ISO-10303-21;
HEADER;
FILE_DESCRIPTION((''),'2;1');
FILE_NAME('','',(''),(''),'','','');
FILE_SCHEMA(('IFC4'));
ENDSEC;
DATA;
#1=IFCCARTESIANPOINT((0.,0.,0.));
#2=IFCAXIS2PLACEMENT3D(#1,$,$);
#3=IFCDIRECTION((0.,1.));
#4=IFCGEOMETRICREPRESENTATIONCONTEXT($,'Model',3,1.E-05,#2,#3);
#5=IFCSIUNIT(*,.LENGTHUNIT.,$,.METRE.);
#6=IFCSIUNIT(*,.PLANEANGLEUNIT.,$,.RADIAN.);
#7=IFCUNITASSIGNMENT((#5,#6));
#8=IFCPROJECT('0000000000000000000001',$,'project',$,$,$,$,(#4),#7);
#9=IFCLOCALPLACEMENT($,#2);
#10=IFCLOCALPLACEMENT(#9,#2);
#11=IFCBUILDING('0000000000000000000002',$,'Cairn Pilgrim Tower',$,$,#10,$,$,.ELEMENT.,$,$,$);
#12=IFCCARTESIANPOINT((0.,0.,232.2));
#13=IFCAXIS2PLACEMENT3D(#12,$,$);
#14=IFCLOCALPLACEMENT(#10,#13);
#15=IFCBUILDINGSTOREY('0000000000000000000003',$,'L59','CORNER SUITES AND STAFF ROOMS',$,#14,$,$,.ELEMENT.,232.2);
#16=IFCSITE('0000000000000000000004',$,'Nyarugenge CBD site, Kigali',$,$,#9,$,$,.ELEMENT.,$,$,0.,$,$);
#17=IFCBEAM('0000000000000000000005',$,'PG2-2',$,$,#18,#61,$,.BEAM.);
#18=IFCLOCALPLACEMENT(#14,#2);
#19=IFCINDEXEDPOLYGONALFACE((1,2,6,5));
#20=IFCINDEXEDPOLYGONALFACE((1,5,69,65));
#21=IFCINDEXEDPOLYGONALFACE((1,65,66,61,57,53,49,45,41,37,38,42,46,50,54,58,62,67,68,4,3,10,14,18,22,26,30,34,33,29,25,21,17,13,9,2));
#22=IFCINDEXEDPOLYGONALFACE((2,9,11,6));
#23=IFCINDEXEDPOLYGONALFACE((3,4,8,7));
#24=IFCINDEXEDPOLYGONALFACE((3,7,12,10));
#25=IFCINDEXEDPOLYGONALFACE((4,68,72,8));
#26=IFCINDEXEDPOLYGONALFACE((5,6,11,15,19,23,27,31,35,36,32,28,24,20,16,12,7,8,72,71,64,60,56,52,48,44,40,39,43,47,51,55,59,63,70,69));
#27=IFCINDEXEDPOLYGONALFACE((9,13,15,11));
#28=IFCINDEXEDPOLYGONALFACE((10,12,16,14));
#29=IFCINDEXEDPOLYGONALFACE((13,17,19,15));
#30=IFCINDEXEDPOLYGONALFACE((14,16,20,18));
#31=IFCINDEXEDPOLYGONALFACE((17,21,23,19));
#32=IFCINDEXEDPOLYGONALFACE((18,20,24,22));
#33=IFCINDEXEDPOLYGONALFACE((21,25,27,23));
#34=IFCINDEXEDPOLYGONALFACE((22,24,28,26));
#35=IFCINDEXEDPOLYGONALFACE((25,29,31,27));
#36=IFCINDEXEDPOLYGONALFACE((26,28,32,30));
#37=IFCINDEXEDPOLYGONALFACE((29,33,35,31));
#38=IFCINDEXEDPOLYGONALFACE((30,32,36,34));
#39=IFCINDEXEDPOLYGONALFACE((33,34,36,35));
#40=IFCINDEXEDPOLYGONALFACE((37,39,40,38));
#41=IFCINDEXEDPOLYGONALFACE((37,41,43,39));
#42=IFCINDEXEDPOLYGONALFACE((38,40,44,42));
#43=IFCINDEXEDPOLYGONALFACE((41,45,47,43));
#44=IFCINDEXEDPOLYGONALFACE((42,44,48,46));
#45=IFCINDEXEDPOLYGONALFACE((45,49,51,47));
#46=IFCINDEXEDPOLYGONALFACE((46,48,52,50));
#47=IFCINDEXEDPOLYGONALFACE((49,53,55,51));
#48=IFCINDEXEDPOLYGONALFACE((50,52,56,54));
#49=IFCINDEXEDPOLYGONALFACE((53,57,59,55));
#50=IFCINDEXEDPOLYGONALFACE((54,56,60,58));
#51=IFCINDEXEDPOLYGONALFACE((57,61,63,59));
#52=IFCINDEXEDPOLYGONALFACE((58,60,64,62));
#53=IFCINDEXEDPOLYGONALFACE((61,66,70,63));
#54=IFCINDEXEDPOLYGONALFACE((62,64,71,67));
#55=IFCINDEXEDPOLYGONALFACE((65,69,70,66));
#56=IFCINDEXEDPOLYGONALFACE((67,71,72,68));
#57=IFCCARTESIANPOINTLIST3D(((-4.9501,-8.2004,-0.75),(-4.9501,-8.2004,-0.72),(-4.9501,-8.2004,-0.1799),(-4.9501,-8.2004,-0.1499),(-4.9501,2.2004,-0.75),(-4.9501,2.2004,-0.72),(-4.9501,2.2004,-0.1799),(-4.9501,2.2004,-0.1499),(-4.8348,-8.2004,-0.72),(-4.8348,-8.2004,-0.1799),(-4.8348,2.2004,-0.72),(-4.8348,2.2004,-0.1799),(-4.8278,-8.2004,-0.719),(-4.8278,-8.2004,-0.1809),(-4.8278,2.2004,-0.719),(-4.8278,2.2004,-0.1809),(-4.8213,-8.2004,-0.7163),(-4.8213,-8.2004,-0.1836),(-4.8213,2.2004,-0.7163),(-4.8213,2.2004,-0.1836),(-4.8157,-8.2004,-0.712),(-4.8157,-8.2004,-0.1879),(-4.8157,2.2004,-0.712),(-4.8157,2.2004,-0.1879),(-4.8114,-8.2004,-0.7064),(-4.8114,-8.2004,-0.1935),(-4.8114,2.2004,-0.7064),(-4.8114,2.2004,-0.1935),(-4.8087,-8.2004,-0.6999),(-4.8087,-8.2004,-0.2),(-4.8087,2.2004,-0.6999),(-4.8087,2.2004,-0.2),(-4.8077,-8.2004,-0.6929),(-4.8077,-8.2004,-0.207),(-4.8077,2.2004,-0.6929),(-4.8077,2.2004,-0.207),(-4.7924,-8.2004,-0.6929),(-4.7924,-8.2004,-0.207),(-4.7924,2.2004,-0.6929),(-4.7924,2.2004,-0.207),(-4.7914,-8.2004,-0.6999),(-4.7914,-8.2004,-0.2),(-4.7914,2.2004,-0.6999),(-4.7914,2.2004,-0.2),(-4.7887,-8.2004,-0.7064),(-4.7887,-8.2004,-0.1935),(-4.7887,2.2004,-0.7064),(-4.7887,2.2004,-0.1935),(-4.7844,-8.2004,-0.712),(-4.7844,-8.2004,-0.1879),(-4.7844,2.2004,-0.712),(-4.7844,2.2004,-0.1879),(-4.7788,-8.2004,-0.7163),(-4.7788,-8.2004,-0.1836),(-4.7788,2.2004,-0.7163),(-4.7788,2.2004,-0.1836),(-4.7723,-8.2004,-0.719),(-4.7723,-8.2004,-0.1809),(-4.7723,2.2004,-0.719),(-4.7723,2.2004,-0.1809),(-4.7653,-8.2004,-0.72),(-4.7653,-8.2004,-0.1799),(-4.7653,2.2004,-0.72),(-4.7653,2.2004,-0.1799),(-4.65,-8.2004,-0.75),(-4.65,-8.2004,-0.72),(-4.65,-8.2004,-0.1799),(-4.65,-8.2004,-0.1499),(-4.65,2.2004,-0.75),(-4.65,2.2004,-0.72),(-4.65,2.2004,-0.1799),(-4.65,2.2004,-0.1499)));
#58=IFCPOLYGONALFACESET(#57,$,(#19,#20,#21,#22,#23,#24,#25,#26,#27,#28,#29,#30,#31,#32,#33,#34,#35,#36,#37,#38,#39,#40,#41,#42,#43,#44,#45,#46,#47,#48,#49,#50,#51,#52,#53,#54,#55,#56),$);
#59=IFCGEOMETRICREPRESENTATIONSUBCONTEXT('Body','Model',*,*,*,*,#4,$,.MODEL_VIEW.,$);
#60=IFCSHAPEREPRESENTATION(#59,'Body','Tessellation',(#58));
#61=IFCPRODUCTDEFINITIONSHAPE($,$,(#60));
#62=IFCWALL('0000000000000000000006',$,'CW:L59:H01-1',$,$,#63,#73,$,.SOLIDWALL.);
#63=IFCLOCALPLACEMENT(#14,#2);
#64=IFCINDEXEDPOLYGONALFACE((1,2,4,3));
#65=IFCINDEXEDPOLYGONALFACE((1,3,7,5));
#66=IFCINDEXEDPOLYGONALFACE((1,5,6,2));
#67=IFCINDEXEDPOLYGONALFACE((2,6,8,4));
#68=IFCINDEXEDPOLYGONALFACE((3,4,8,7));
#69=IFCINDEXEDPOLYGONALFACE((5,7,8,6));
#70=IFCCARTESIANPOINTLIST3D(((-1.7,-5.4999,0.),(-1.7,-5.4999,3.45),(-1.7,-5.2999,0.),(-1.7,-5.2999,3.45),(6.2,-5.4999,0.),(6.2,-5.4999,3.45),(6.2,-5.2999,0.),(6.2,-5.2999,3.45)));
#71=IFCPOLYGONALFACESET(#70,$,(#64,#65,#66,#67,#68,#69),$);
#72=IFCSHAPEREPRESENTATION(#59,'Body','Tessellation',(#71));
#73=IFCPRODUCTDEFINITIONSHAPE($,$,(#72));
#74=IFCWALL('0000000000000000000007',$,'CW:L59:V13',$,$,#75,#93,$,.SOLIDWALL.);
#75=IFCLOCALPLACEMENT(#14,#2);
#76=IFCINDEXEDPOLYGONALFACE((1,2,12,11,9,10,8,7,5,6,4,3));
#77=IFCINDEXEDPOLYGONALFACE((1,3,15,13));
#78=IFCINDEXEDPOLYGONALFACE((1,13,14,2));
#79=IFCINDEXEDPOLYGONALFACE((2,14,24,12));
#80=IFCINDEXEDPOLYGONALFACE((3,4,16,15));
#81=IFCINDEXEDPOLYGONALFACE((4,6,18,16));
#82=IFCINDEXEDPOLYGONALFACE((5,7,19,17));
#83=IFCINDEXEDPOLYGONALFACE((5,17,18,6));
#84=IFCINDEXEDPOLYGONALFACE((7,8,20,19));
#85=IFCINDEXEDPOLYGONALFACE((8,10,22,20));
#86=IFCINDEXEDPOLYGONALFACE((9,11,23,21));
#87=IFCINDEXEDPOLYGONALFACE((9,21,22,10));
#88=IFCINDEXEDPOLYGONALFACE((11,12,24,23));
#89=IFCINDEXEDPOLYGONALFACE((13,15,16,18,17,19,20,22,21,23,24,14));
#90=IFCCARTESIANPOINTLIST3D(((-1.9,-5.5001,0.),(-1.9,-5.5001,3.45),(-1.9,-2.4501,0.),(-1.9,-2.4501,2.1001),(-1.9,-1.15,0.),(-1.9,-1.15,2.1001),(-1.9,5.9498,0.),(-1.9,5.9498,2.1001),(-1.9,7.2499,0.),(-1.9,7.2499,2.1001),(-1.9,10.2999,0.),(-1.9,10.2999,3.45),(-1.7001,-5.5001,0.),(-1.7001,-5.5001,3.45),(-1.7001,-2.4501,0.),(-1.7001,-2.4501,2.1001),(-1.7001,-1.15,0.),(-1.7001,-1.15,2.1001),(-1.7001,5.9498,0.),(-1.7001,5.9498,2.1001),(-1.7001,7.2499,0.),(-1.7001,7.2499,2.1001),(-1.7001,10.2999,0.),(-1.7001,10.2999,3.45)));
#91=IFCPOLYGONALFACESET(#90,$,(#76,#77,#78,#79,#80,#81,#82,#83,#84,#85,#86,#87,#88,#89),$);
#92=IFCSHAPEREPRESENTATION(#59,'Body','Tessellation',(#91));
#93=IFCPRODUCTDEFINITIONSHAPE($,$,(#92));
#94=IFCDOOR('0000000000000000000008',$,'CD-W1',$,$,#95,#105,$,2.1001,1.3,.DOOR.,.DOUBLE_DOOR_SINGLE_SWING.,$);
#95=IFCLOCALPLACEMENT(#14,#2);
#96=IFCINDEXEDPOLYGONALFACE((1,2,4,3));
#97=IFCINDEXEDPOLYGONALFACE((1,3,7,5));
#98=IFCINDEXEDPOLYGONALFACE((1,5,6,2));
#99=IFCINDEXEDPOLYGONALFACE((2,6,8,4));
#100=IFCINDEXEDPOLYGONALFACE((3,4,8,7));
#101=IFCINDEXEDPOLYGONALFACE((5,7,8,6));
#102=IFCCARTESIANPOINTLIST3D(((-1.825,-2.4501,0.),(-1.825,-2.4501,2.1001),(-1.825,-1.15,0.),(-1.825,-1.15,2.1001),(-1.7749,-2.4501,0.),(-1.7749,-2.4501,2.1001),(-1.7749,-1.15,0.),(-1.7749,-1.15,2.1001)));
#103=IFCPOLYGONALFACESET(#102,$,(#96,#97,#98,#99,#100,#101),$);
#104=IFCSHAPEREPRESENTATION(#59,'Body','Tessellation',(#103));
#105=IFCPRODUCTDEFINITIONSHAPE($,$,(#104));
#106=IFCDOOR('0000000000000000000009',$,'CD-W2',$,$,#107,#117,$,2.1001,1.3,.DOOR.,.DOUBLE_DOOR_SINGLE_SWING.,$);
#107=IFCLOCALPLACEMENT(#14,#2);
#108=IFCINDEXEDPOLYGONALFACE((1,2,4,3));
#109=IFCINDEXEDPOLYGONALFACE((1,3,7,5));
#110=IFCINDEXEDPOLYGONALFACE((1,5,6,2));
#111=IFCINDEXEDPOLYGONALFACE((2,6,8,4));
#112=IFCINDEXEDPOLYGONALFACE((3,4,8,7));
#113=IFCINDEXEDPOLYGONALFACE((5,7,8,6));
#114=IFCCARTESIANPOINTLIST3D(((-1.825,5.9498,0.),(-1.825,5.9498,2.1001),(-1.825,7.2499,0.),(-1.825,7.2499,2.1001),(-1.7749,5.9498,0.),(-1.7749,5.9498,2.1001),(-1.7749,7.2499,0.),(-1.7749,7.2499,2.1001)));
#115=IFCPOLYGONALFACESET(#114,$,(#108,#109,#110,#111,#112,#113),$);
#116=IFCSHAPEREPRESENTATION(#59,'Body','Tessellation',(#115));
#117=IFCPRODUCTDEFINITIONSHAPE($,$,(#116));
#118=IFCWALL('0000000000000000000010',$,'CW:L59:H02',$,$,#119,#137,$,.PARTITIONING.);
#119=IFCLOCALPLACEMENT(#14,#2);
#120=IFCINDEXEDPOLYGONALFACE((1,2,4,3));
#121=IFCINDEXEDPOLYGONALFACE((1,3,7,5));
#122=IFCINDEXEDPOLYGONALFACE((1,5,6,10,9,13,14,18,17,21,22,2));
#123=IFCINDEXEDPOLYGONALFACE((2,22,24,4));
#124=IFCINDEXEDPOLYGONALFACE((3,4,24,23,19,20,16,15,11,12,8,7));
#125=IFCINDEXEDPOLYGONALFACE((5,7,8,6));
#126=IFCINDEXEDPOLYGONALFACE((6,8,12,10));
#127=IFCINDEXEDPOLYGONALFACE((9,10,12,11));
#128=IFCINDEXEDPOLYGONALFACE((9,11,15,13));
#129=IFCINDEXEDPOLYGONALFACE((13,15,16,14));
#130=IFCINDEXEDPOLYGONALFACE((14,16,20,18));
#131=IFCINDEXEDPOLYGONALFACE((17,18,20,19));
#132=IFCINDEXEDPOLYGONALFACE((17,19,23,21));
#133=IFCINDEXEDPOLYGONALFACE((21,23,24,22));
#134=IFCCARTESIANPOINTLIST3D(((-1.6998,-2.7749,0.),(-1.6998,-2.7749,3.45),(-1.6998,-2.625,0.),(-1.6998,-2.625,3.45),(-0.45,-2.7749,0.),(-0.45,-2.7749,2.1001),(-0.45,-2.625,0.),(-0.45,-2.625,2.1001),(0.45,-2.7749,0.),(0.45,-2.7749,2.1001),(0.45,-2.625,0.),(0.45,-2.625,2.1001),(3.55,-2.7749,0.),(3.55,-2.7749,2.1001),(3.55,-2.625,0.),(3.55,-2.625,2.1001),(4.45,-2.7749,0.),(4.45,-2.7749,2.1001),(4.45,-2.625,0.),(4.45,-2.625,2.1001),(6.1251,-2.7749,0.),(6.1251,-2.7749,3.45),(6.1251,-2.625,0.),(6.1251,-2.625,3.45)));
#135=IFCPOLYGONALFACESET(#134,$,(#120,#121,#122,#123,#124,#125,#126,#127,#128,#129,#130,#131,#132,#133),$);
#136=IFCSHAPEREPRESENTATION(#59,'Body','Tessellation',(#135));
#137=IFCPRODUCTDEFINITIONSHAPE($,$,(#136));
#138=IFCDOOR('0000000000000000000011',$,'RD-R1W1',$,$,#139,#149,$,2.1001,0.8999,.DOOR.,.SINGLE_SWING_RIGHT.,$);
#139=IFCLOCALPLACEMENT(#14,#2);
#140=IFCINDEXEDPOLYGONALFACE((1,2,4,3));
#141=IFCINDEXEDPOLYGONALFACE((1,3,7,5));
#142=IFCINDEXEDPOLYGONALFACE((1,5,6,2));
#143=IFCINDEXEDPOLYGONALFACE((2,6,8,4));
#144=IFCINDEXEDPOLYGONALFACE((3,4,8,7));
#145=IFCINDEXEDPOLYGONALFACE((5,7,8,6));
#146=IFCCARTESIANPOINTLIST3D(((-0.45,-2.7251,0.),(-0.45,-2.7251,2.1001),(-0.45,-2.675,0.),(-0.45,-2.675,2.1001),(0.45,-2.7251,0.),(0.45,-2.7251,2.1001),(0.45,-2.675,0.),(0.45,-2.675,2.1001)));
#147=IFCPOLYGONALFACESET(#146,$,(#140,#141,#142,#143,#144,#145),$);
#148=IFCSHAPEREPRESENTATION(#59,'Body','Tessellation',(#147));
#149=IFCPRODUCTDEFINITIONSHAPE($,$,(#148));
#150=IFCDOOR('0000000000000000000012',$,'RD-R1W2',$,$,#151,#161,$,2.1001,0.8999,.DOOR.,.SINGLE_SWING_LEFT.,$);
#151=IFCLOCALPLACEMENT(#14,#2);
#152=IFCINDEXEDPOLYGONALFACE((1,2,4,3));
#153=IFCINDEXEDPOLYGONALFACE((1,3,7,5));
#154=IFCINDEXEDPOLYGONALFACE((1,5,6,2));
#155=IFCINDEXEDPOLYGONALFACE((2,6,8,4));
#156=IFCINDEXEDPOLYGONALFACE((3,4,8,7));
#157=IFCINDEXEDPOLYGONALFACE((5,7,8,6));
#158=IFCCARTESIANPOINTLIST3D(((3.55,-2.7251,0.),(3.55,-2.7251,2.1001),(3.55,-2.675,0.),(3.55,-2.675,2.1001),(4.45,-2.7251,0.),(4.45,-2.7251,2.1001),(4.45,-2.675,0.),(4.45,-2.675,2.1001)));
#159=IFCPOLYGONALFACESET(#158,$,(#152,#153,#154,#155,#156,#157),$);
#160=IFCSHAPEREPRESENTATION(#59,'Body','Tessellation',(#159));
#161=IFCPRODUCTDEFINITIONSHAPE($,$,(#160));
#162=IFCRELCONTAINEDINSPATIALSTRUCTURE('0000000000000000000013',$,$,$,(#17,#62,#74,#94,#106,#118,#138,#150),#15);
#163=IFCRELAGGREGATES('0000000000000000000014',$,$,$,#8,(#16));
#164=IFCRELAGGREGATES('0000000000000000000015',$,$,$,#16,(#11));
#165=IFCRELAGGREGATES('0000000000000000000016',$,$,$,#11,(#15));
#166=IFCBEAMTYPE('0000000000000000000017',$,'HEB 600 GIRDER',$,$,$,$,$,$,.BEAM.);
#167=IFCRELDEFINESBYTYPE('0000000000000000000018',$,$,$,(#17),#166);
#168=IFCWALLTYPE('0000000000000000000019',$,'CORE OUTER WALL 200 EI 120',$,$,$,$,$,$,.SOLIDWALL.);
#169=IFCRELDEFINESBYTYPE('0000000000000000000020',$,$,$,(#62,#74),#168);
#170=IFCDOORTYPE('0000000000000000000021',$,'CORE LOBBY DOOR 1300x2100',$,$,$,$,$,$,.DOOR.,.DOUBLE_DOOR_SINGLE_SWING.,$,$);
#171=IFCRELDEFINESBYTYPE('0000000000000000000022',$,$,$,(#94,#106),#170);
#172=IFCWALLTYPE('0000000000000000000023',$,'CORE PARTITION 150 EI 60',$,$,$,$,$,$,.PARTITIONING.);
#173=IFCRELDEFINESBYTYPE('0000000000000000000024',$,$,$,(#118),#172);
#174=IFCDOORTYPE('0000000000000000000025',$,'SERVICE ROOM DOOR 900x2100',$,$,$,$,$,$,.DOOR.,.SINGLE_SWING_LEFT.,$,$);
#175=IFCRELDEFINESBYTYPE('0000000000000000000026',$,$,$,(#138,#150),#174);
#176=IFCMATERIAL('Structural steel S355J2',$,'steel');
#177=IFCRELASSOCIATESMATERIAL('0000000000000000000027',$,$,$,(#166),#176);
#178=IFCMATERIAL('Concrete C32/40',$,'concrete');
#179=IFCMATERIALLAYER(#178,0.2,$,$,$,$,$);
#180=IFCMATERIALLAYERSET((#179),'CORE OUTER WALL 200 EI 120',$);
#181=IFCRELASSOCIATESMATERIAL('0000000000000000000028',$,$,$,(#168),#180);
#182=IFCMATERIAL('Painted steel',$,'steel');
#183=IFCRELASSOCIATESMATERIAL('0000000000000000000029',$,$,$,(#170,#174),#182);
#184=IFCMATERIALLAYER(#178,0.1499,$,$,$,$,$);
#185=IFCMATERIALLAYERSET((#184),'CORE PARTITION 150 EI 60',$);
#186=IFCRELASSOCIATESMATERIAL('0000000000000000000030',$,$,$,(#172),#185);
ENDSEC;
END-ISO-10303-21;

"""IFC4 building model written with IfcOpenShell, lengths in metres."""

from ifc_helpers import new_model, si_unit, direction, frame, frame_2d, origin, origin_2d, place, context, subcontext, project, spatial, rectangle, i_section, extrude, material, layer, layer_set, material_profile, profile_set, type_object, element, fill, save


model = new_model("IFC4")

# Units and contexts
model_context = context("Model", 3, precision=1e-05, world=origin(), true_north=direction((0.0, 1.0)))
body_context = subcontext(model_context, "Body", "Model", "MODEL_VIEW")
ifc_project = project(units=[si_unit("LENGTHUNIT", "METRE"), si_unit("PLANEANGLEUNIT", "RADIAN")], contexts=[model_context])

# Site, building, storey
site_placement = place(None, origin())
site = spatial("IfcSite", under=ifc_project, at=site_placement, Name="Nyarugenge CBD site, Kigali", CompositionType="ELEMENT", RefElevation=0.0)
building_placement = place(site_placement, origin())
building = spatial("IfcBuilding", under=site, at=building_placement, Name="Cairn Pilgrim Tower", CompositionType="ELEMENT")
storey_placement = place(building_placement, frame((0.0, 0.0, 232.2)))
storey = spatial("IfcBuildingStorey", under=building, at=storey_placement, Name="L59", Description="CORNER SUITES AND STAFF ROOMS", CompositionType="ELEMENT", Elevation=232.2)

# Shared definitions
ifc_material_1 = material(Name="Structural steel S355J2", Category="steel")

# Beam
ifc_material_profile_1 = material_profile(ifc_material_1, i_section(OverallWidth=0.3, OverallDepth=0.6001, WebThickness=0.0154, FlangeThickness=0.03, FilletRadius=0.0271, at=origin_2d()), Name="HEB 600")
ifc_profile_set_1 = profile_set([ifc_material_profile_1], Name="Structural steel S355J2")
beam_type_1 = type_object("IfcBeamType", Name="HEB 600 GIRDER", PredefinedType="BEAM", material=ifc_profile_set_1)
beam_1_placement = place(storey_placement, frame((-4.8, -8.2004, -0.45), z_axis=(0.0, 1.0, 0.0), x_axis=(-1.0, 0.0, 0.0)))
element("IfcBeam", 1, at=beam_1_placement, inside=storey, type_object=beam_type_1, Name="PG2-2", PredefinedType="BEAM", context=body_context, shape_type="SweptSolid", body=[
    extrude(i_section(OverallWidth=0.3, OverallDepth=0.6001, WebThickness=0.0154, FlangeThickness=0.03, FilletRadius=0.0271, at=origin_2d()), origin(), (0.0, 0.0, 1.0), 10.4009),
])

# Wall
ifc_material_2 = material(Name="Concrete C32/40", Category="concrete")
ifc_layer_1 = layer(ifc_material_2, 0.2)
ifc_layer_set_1 = layer_set([ifc_layer_1], Name="CORE OUTER WALL 200 EI 120")
wall_type_1 = type_object("IfcWallType", Name="CORE OUTER WALL 200 EI 120", PredefinedType="SOLIDWALL", material=ifc_layer_set_1)
wall_1_placement = place(storey_placement, frame((-1.7, -5.3999, 0.0), z_axis=(0.0, 0.0, 1.0), x_axis=(1.0, 0.0, 0.0)))
element("IfcWall", 2, at=wall_1_placement, inside=storey, type_object=wall_type_1, Name="CW:L59:H01-1", PredefinedType="SOLIDWALL", context=body_context, shape_type="SweptSolid", body=[
    extrude(rectangle(XDim=7.8999, YDim=0.2, at=frame_2d((3.95, 0.0))), origin(), (0.0, 0.0, 1.0), 3.45),
])

# Walls, openings, doors
wall_2_placement = place(storey_placement, frame((-1.8, -5.5, 0.0), z_axis=(0.0, 0.0, 1.0), x_axis=(0.0, 1.0, 0.0)))
wall_2 = element("IfcWall", 3, at=wall_2_placement, inside=storey, type_object=wall_type_1, Name="CW:L59:V13", PredefinedType="SOLIDWALL", context=body_context, shape_type="SweptSolid", body=[
    extrude(rectangle(XDim=15.8, YDim=0.2, at=frame_2d((7.8999, 0.0))), origin(), (0.0, 0.0, 1.0), 3.45),
])
opening_1_placement = place(wall_2_placement, frame((3.05, 0.0, 0.0)))
opening_1 = element("IfcOpeningElement", 4, at=opening_1_placement, cuts=wall_2, PredefinedType="OPENING", context=body_context, shape_type="SweptSolid", body=[
    extrude(rectangle(XDim=1.3, YDim=2.1001, at=frame_2d((0.6499, 1.05))), frame((0.0, 0.1099, 0.0), z_axis=(0.0, -1.0, 0.0), x_axis=(1.0, 0.0, 0.0)), (0.0, 0.0, 1.0), 0.22),
])
opening_2_placement = place(wall_2_placement, frame((11.45, 0.0, 0.0)))
opening_2 = element("IfcOpeningElement", 5, at=opening_2_placement, cuts=wall_2, PredefinedType="OPENING", context=body_context, shape_type="SweptSolid", body=[
    extrude(rectangle(XDim=1.3, YDim=2.1001, at=frame_2d((0.6499, 1.05))), frame((0.0, 0.1099, 0.0), z_axis=(0.0, -1.0, 0.0), x_axis=(1.0, 0.0, 0.0)), (0.0, 0.0, 1.0), 0.22),
])
ifc_material_3 = material(Name="Painted steel", Category="steel")
door_type_1 = type_object("IfcDoorType", Name="CORE LOBBY DOOR 1300x2100", OperationType="DOUBLE_DOOR_SINGLE_SWING", PredefinedType="DOOR", material=ifc_material_3)
door_1_placement = place(opening_1_placement, origin())
door_1 = element("IfcDoor", 6, at=door_1_placement, inside=storey, type_object=door_type_1, Name="CD-W1", OperationType="DOUBLE_DOOR_SINGLE_SWING", OverallHeight=2.1001, OverallWidth=1.3, PredefinedType="DOOR", context=body_context, shape_type="SweptSolid", body=[
    extrude(rectangle(XDim=1.3, YDim=2.1001, at=frame_2d((0.6499, 1.05))), frame((0.0, 0.0249, 0.0), z_axis=(0.0, -1.0, 0.0), x_axis=(1.0, 0.0, 0.0)), (0.0, 0.0, 1.0), 0.05),
])
fill(opening_1, door_1)
door_2_placement = place(opening_2_placement, origin())
door_2 = element("IfcDoor", 7, at=door_2_placement, inside=storey, type_object=door_type_1, Name="CD-W2", OperationType="DOUBLE_DOOR_SINGLE_SWING", OverallHeight=2.1001, OverallWidth=1.3, PredefinedType="DOOR", context=body_context, shape_type="SweptSolid", body=[
    extrude(rectangle(XDim=1.3, YDim=2.1001, at=frame_2d((0.6499, 1.05))), frame((0.0, 0.0249, 0.0), z_axis=(0.0, -1.0, 0.0), x_axis=(1.0, 0.0, 0.0)), (0.0, 0.0, 1.0), 0.05),
])
fill(opening_2, door_2)
ifc_layer_2 = layer(ifc_material_2, 0.1499)
ifc_layer_set_2 = layer_set([ifc_layer_2], Name="CORE PARTITION 150 EI 60")
wall_type_2 = type_object("IfcWallType", Name="CORE PARTITION 150 EI 60", PredefinedType="PARTITIONING", material=ifc_layer_set_2)
wall_3_placement = place(storey_placement, frame((-1.7, -2.7, 0.0), z_axis=(0.0, 0.0, 1.0), x_axis=(1.0, 0.0, 0.0)))
wall_3 = element("IfcWall", 8, at=wall_3_placement, inside=storey, type_object=wall_type_2, Name="CW:L59:H02", PredefinedType="PARTITIONING", context=body_context, shape_type="SweptSolid", body=[
    extrude(rectangle(XDim=7.825, YDim=0.1499, at=frame_2d((3.9126, 0.0))), origin(), (0.0, 0.0, 1.0), 3.45),
])
opening_3_placement = place(wall_3_placement, frame((1.25, 0.0, 0.0)))
opening_3 = element("IfcOpeningElement", 9, at=opening_3_placement, cuts=wall_3, PredefinedType="OPENING", context=body_context, shape_type="SweptSolid", body=[
    extrude(rectangle(XDim=0.8999, YDim=2.1001, at=frame_2d((0.45, 1.05))), frame((0.0, 0.085, 0.0), z_axis=(0.0, -1.0, 0.0), x_axis=(1.0, 0.0, 0.0)), (0.0, 0.0, 1.0), 0.1699),
])
opening_4_placement = place(wall_3_placement, frame((5.25, 0.0, 0.0)))
opening_4 = element("IfcOpeningElement", 10, at=opening_4_placement, cuts=wall_3, PredefinedType="OPENING", context=body_context, shape_type="SweptSolid", body=[
    extrude(rectangle(XDim=0.8999, YDim=2.1001, at=frame_2d((0.45, 1.05))), frame((0.0, 0.085, 0.0), z_axis=(0.0, -1.0, 0.0), x_axis=(1.0, 0.0, 0.0)), (0.0, 0.0, 1.0), 0.1699),
])
door_type_2 = type_object("IfcDoorType", Name="SERVICE ROOM DOOR 900x2100", OperationType="SINGLE_SWING_LEFT", PredefinedType="DOOR", material=ifc_material_3)
door_3_placement = place(opening_3_placement, origin())
door_3 = element("IfcDoor", 11, at=door_3_placement, inside=storey, type_object=door_type_2, Name="RD-R1W1", OperationType="SINGLE_SWING_RIGHT", OverallHeight=2.1001, OverallWidth=0.8999, PredefinedType="DOOR", context=body_context, shape_type="SweptSolid", body=[
    extrude(rectangle(XDim=0.8999, YDim=2.1001, at=frame_2d((0.45, 1.05))), frame((0.0, 0.0249, 0.0), z_axis=(0.0, -1.0, 0.0), x_axis=(1.0, 0.0, 0.0)), (0.0, 0.0, 1.0), 0.05),
])
fill(opening_3, door_3)
door_4_placement = place(opening_4_placement, origin())
door_4 = element("IfcDoor", 12, at=door_4_placement, inside=storey, type_object=door_type_2, Name="RD-R1W2", OperationType="SINGLE_SWING_LEFT", OverallHeight=2.1001, OverallWidth=0.8999, PredefinedType="DOOR", context=body_context, shape_type="SweptSolid", body=[
    extrude(rectangle(XDim=0.8999, YDim=2.1001, at=frame_2d((0.45, 1.05))), frame((0.0, 0.0249, 0.0), z_axis=(0.0, -1.0, 0.0), x_axis=(1.0, 0.0, 0.0)), (0.0, 0.0, 1.0), 0.05),
])
fill(opening_4, door_4)

save(model, "model.ifc")
